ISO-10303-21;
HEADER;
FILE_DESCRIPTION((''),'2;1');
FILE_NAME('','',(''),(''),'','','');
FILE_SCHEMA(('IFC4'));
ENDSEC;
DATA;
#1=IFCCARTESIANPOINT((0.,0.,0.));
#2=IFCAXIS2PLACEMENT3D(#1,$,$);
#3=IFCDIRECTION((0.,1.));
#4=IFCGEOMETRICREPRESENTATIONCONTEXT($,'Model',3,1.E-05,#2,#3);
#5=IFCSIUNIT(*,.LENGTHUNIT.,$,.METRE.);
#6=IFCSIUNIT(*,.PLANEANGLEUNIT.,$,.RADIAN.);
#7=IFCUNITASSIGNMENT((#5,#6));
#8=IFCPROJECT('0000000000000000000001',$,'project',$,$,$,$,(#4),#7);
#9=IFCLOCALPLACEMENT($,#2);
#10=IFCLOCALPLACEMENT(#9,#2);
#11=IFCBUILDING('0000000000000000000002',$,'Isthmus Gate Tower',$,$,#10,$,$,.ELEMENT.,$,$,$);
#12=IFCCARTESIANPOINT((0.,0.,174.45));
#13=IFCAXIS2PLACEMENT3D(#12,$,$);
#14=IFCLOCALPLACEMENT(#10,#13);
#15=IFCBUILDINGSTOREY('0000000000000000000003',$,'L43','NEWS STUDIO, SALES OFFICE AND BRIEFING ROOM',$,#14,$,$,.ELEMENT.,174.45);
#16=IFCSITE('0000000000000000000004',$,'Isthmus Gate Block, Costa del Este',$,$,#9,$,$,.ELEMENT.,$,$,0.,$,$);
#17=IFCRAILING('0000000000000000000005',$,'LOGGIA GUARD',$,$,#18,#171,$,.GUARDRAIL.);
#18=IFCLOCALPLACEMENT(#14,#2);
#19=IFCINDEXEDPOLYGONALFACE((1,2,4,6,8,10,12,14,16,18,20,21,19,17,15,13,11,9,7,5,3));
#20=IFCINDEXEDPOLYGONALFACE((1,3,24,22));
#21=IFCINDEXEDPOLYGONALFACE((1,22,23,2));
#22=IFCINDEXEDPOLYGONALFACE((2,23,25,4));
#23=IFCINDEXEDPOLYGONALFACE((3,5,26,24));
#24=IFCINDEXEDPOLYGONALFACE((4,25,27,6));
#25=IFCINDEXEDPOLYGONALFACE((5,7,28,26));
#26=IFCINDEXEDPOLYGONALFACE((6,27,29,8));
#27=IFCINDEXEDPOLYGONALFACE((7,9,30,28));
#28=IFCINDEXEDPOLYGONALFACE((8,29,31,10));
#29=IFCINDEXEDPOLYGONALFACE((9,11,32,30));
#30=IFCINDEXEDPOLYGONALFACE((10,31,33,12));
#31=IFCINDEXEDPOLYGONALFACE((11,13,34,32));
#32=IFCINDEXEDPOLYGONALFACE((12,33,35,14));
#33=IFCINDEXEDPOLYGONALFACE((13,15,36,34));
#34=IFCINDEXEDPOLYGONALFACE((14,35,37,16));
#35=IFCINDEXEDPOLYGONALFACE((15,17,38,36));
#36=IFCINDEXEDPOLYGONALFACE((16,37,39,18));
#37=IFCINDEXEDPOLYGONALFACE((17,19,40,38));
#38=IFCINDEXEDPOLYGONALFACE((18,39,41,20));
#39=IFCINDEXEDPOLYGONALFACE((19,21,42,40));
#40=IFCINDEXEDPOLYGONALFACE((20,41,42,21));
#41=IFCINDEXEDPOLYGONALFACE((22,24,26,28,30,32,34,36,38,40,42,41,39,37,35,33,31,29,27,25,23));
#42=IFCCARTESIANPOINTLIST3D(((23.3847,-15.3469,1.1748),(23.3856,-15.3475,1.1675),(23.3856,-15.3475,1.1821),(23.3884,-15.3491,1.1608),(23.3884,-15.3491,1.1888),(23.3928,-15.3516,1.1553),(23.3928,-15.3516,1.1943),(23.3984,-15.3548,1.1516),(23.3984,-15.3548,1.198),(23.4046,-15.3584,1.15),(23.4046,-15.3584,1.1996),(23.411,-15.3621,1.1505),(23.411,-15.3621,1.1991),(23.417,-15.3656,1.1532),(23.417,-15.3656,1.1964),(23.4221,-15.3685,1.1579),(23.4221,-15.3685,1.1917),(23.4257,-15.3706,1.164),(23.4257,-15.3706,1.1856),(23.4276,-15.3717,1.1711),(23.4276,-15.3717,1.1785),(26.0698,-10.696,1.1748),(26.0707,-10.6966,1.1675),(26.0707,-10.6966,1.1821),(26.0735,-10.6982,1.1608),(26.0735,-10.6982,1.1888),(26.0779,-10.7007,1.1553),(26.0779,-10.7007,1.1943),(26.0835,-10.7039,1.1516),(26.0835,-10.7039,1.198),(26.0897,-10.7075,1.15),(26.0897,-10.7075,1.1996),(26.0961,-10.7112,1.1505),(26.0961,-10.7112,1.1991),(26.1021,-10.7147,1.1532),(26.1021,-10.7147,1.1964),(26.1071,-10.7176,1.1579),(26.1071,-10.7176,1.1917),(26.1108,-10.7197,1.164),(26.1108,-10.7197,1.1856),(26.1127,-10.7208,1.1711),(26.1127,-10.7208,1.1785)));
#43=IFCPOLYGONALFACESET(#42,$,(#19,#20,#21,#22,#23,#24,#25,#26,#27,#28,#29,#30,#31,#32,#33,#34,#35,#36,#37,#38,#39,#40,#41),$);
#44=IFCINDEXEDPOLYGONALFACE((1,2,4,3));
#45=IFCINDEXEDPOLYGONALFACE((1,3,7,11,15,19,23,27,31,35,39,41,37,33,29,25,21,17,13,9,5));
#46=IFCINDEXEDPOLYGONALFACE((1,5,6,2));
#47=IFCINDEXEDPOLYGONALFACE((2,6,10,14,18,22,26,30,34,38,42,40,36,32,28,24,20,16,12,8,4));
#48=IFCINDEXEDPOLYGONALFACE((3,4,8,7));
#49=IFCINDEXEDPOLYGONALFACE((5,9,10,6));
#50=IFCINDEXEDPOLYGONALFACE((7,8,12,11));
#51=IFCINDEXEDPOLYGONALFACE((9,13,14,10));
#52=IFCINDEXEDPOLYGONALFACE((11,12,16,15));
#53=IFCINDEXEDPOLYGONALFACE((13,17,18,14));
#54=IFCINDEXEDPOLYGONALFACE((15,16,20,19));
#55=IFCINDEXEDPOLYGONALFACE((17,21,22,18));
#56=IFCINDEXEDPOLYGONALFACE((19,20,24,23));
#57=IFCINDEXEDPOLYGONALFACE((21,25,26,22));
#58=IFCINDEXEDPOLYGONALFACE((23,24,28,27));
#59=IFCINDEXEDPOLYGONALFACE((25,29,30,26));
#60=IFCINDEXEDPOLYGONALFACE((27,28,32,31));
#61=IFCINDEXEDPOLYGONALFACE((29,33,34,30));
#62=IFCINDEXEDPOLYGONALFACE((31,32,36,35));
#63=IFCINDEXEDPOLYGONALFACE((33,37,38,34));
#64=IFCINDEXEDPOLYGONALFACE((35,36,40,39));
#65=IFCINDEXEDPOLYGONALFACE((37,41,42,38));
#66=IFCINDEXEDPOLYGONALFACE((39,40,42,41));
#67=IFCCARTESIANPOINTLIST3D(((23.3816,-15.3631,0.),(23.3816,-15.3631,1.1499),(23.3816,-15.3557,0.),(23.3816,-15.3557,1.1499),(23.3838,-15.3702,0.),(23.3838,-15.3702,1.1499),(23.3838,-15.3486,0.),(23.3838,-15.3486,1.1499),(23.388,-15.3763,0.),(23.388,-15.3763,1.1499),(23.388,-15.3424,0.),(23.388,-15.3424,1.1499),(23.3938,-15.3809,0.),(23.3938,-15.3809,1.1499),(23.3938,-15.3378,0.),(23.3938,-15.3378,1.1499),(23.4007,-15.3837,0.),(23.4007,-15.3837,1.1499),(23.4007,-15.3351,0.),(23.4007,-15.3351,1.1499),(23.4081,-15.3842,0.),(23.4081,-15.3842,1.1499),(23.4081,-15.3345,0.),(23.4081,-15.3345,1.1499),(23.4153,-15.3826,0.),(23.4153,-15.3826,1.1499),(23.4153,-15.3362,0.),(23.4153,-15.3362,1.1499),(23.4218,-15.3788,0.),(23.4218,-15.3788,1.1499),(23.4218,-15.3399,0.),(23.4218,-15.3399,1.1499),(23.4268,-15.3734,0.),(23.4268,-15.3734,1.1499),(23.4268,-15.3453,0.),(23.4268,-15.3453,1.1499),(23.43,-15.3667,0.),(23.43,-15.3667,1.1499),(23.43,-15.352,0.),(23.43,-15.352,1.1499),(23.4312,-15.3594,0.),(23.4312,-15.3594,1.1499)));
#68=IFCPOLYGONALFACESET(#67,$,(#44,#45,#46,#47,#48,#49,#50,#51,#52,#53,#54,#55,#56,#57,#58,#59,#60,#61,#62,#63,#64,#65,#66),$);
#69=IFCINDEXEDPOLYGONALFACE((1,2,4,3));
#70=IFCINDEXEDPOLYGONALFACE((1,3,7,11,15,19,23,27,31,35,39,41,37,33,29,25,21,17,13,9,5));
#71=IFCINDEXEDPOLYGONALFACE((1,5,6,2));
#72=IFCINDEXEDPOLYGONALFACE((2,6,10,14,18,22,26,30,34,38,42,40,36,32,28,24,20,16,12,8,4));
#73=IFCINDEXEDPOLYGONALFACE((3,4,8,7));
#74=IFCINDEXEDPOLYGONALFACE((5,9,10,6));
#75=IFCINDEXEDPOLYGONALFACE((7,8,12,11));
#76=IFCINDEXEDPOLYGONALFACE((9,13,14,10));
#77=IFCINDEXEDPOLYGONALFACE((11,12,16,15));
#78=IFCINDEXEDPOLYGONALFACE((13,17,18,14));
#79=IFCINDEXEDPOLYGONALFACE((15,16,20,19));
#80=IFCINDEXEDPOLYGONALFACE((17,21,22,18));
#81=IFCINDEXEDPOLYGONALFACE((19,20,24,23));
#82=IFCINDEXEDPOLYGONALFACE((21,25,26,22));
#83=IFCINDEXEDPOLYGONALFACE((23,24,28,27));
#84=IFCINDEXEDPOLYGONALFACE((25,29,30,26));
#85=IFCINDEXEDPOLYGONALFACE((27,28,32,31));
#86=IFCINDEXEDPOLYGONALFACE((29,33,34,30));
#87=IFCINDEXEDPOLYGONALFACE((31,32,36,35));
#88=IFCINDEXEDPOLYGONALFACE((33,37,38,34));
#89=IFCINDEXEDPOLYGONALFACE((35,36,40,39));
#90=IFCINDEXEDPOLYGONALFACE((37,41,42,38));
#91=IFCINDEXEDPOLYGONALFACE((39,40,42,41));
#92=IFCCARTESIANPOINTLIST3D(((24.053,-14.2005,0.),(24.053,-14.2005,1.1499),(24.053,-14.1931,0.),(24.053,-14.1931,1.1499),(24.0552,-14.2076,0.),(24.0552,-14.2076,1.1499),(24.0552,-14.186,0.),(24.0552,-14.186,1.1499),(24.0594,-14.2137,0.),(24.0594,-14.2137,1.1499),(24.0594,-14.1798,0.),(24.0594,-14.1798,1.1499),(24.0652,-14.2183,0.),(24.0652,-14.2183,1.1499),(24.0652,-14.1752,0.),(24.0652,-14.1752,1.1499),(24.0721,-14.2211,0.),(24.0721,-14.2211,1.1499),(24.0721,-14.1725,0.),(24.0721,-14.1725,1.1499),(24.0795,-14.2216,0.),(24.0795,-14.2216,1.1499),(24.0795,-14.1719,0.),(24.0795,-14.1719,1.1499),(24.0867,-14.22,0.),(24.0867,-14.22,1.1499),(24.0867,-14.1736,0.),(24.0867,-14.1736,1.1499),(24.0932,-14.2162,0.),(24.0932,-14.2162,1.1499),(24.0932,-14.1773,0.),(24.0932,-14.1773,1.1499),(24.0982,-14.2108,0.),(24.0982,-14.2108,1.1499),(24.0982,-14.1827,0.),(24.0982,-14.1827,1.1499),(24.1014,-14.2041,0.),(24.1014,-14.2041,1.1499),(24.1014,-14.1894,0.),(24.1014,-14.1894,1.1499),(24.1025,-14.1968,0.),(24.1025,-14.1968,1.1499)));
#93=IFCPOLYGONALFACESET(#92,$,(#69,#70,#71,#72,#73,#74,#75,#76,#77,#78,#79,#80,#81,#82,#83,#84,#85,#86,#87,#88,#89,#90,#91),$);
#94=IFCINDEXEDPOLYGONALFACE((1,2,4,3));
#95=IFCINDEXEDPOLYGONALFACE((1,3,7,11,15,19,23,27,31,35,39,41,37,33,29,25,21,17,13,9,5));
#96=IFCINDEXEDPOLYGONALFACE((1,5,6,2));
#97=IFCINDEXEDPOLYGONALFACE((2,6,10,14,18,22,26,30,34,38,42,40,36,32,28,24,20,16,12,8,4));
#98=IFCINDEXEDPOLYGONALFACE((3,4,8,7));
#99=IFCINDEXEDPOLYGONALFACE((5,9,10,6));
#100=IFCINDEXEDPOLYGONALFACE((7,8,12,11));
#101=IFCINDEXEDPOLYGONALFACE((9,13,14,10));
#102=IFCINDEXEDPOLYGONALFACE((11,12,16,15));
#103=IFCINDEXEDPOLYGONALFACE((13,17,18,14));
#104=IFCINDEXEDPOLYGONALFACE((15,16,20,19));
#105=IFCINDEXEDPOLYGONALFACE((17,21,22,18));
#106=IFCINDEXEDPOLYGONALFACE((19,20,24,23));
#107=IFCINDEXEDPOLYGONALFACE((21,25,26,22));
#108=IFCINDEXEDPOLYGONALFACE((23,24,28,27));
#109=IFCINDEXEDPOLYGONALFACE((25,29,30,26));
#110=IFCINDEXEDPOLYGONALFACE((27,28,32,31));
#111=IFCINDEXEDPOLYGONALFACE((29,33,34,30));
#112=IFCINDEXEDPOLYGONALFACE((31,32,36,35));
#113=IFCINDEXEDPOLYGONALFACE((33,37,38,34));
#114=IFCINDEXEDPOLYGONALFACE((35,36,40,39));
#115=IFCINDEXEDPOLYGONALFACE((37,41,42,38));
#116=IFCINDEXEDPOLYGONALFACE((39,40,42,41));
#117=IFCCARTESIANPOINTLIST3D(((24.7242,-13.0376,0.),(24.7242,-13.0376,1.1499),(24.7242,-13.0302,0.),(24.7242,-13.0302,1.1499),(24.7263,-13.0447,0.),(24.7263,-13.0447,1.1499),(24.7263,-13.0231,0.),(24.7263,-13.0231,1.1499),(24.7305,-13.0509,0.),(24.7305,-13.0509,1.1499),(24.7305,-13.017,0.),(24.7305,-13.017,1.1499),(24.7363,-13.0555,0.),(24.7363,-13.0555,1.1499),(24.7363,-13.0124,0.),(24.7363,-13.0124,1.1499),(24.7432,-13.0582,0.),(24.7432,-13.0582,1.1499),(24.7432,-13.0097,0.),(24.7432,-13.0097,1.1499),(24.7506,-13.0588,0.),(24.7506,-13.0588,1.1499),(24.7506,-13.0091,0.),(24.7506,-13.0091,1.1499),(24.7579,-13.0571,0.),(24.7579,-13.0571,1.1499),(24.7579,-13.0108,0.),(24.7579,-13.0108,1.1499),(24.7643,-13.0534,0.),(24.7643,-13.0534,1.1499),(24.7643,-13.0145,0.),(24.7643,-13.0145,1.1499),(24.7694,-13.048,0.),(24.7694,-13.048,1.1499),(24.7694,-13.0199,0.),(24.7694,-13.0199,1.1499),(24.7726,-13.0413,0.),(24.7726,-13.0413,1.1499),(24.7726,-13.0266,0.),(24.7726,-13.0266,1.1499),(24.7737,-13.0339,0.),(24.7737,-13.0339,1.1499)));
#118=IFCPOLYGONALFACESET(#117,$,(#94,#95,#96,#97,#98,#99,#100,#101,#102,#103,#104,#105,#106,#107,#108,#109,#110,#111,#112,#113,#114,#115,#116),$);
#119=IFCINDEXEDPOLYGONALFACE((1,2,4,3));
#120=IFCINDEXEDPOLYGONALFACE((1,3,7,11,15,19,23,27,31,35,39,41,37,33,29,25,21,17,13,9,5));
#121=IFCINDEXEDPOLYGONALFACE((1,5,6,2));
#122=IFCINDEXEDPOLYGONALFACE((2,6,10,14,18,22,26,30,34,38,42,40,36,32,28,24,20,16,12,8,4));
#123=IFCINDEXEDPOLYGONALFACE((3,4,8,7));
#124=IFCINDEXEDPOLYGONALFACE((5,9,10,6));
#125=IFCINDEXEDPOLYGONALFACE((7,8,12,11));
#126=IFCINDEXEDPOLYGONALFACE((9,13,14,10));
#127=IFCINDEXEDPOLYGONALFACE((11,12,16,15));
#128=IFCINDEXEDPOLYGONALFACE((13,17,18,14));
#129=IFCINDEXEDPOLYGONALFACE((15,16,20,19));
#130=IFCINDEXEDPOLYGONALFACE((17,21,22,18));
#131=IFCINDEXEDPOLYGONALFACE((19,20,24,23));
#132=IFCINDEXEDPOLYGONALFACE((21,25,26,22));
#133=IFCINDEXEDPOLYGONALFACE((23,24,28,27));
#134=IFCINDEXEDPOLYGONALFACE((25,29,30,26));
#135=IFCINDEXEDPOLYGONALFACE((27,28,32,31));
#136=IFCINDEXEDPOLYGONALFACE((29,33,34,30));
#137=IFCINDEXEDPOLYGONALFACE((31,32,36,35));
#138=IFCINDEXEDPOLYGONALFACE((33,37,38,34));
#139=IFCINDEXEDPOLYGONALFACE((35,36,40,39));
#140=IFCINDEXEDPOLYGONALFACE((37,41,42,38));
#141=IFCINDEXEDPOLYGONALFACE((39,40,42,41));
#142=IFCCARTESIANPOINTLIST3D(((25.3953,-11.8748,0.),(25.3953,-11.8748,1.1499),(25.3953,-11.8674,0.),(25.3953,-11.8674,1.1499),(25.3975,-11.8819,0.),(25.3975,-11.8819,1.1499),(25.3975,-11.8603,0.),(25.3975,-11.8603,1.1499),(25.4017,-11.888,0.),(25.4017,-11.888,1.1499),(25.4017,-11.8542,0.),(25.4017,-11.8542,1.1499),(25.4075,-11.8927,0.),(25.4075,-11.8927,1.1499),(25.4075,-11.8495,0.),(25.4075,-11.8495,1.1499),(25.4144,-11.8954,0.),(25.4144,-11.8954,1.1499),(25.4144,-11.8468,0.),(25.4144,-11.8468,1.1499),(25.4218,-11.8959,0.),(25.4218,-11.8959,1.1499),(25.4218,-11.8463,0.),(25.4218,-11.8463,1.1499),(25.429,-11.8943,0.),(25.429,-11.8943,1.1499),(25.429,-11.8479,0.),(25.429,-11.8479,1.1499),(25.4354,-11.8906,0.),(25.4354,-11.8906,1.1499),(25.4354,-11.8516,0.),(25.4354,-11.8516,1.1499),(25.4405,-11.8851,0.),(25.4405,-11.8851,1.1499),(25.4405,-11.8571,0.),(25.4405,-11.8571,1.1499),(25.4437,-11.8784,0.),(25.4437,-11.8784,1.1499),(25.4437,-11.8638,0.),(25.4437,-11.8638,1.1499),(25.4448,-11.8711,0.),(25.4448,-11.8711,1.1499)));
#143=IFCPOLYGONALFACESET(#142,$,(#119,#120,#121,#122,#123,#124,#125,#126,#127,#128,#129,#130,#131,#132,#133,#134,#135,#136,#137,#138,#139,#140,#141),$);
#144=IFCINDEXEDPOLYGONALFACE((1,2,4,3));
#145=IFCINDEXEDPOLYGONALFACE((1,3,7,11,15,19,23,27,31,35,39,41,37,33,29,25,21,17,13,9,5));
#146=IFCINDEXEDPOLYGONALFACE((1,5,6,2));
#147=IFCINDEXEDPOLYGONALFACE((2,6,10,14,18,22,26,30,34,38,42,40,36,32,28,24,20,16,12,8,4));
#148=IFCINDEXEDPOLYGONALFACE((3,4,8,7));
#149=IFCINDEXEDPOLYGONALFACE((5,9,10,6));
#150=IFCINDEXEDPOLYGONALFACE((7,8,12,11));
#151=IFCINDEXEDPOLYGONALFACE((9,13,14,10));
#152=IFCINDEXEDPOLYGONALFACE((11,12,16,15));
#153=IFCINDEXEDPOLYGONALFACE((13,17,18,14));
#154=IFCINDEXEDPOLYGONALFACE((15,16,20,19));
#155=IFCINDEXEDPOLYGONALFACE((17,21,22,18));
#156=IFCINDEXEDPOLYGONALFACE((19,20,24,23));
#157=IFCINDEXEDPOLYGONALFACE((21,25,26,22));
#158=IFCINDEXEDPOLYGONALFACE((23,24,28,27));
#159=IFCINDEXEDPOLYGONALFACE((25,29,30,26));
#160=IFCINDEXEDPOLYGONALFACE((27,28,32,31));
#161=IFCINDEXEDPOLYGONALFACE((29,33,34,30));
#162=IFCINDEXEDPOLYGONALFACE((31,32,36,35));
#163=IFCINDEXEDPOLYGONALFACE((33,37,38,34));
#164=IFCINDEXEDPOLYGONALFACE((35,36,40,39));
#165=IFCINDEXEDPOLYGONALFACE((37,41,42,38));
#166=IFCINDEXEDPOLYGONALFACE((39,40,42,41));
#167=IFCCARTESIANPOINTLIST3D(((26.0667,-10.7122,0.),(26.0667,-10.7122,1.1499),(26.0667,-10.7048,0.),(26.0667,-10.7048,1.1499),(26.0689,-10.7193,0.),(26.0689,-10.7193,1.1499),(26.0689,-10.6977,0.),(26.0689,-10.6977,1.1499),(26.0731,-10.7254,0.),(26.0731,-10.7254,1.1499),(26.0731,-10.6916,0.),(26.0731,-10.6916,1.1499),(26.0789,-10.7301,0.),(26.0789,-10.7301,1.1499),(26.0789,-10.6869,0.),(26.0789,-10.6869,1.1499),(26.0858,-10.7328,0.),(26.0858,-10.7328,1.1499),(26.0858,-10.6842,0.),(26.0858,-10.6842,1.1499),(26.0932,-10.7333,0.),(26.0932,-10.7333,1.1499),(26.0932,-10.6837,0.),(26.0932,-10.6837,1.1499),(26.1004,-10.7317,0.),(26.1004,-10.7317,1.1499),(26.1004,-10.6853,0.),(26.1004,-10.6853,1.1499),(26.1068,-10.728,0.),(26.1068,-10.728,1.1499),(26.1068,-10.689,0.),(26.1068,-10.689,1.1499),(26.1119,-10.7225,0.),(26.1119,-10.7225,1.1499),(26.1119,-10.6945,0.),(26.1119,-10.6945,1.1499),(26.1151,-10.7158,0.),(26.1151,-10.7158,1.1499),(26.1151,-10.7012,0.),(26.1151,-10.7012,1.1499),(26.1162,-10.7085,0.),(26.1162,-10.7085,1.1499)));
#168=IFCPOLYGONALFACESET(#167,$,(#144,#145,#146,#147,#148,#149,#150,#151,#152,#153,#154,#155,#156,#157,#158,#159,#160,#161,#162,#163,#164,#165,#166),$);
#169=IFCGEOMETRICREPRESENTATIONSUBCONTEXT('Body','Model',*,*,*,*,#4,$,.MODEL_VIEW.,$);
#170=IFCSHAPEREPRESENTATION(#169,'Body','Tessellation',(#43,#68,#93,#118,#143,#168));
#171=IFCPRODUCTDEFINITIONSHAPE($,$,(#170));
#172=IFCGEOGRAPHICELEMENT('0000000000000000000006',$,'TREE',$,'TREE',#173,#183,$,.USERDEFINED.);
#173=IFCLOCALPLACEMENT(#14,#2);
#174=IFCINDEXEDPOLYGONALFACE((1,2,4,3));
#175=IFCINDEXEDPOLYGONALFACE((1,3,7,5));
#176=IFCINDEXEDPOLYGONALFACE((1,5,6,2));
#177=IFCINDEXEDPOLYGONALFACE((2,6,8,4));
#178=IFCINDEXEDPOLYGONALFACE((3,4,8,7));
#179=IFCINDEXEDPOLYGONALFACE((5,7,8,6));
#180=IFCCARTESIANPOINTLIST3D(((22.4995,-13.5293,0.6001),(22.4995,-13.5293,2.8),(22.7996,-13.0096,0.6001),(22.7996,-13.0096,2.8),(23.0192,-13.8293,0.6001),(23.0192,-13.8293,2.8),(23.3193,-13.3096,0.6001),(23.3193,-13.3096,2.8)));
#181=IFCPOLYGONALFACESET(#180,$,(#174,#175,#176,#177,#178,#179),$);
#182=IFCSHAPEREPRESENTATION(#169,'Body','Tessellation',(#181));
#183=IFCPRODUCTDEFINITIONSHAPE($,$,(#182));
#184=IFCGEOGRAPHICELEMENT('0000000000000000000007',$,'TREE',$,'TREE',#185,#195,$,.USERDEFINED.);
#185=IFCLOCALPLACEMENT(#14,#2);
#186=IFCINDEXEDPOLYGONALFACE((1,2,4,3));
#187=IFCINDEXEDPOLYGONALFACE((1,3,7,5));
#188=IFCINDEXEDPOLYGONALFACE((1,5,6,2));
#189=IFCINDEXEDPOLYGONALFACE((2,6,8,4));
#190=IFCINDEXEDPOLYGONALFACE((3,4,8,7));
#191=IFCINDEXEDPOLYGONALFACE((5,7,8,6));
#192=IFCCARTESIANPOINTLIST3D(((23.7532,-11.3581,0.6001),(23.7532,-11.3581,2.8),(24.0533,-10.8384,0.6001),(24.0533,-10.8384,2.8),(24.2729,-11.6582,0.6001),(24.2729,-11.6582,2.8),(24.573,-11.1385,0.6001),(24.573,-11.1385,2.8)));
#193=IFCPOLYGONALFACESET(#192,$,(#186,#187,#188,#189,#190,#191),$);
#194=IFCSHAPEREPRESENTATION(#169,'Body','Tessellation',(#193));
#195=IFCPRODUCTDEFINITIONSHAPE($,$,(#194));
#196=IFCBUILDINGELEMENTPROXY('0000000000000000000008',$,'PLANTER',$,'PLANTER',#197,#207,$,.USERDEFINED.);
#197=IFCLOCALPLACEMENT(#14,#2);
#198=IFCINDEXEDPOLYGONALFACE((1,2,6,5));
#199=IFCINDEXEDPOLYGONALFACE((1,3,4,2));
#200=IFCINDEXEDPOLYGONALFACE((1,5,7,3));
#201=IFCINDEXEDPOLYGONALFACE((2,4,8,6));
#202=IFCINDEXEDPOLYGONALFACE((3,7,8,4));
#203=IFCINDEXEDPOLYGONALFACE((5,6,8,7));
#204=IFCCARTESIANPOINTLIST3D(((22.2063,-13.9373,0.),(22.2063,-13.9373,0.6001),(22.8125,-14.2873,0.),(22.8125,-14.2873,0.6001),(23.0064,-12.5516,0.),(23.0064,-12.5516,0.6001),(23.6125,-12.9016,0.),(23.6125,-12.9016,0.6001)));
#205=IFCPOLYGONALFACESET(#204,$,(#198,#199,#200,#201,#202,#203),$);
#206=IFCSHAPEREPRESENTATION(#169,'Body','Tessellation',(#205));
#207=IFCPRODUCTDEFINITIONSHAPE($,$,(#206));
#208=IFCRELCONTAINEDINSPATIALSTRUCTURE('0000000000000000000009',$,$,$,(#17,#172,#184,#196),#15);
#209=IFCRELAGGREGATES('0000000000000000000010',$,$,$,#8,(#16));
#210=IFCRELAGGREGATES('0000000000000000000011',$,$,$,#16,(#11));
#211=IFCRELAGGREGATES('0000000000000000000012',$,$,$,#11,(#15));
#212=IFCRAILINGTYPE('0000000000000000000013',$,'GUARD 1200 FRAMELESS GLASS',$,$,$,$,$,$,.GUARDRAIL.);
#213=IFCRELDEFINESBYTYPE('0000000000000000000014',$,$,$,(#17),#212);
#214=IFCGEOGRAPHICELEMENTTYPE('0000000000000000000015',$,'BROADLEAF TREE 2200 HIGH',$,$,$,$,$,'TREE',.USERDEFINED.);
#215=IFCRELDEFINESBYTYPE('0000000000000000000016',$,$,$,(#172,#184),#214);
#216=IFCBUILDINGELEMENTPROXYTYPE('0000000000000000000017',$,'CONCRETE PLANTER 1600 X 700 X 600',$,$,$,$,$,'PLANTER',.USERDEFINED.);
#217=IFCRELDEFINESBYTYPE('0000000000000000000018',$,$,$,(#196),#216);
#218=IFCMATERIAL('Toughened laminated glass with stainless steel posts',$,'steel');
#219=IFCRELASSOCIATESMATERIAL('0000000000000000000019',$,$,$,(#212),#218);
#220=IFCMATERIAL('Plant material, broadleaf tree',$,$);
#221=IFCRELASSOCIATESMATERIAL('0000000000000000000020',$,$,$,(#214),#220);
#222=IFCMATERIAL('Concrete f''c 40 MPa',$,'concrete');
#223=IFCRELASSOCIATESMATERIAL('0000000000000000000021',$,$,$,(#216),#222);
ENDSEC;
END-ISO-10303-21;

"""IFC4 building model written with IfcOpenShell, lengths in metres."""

from ifc_helpers import new_model, si_unit, direction, frame, origin, origin_2d, place, context, subcontext, project, spatial, rectangle, circle, extrude, material, type_object, element, save


model = new_model("IFC4")

# Units and contexts
model_context = context("Model", 3, precision=1e-05, world=origin(), true_north=direction((0.0, 1.0)))
body_context = subcontext(model_context, "Body", "Model", "MODEL_VIEW")
ifc_project = project(units=[si_unit("LENGTHUNIT", "METRE"), si_unit("PLANEANGLEUNIT", "RADIAN")], contexts=[model_context])

# Site, building, storey
site_placement = place(None, origin())
site = spatial("IfcSite", under=ifc_project, at=site_placement, Name="Isthmus Gate Block, Costa del Este", CompositionType="ELEMENT", RefElevation=0.0)
building_placement = place(site_placement, origin())
building = spatial("IfcBuilding", under=site, at=building_placement, Name="Isthmus Gate Tower", CompositionType="ELEMENT")
storey_placement = place(building_placement, frame((0.0, 0.0, 174.45)))
storey = spatial("IfcBuildingStorey", under=building, at=storey_placement, Name="L43", Description="NEWS STUDIO, SALES OFFICE AND BRIEFING ROOM", CompositionType="ELEMENT", Elevation=174.45)

# Railing
ifc_material_1 = material(Name="Toughened laminated glass with stainless steel posts", Category="steel")
railing_type = type_object("IfcRailingType", Name="GUARD 1200 FRAMELESS GLASS", PredefinedType="GUARDRAIL", material=ifc_material_1)
railing_placement = place(storey_placement, frame((23.4062, -15.3594, 0.0)))
element("IfcRailing", 1, at=railing_placement, inside=storey, type_object=railing_type, Name="LOGGIA GUARD", PredefinedType="GUARDRAIL", context=body_context, shape_type="SweptSolid", body=[
    extrude(circle(Radius=0.0249, at=origin_2d()), frame((0.0, 0.0, 1.1748), z_axis=(0.499982, 0.866036, 0.0), x_axis=(-0.866036, 0.499982, 0.0)), (0.0, 0.0, 1.0), 5.3704),
    extrude(circle(Radius=0.0249, at=origin_2d()), origin(), (0.0, 0.0, 1.0), 1.1499),
    extrude(circle(Radius=0.0249, at=origin_2d()), frame((0.6714, 1.1626, 0.0)), (0.0, 0.0, 1.0), 1.1499),
    extrude(circle(Radius=0.0249, at=origin_2d()), frame((1.3425, 2.3254, 0.0)), (0.0, 0.0, 1.0), 1.1499),
    extrude(circle(Radius=0.0249, at=origin_2d()), frame((2.0137, 3.4883, 0.0)), (0.0, 0.0, 1.0), 1.1499),
    extrude(circle(Radius=0.0249, at=origin_2d()), frame((2.6851, 4.6509, 0.0)), (0.0, 0.0, 1.0), 1.1499),
])

# Geographic elements
ifc_material_2 = material(Name="Plant material, broadleaf tree")
geographic_element_type = type_object("IfcGeographicElementType", Name="BROADLEAF TREE 2200 HIGH", ElementType="TREE", PredefinedType="USERDEFINED", material=ifc_material_2)
for number, where, z_axis, x_axis, name in (
    (2, (22.9094, -13.4194, 0.6001), (0.0, 0.0, 1.0), (0.5, 0.866025, 0.0), "TREE"),
    (3, (24.1631, -11.2483, 0.6001), (0.0, 0.0, 1.0), (0.5, 0.866025, 0.0), "TREE"),
):
    element("IfcGeographicElement", number, at=place(storey_placement, frame(where, z_axis=z_axis, x_axis=x_axis)), inside=storey, type_object=geographic_element_type, Name=name, ObjectType="TREE", PredefinedType="USERDEFINED", context=body_context, shape_type="SweptSolid", body=[
        extrude(rectangle(XDim=0.6001, YDim=0.6001, at=origin_2d()), origin(), (0.0, 0.0, 1.0), 2.2),
    ])

# Building element proxy
ifc_material_3 = material(Name="Concrete f'c 40 MPa", Category="concrete")
building_element_proxy_type = type_object("IfcBuildingElementProxyType", Name="CONCRETE PLANTER 1600 X 700 X 600", ElementType="PLANTER", PredefinedType="USERDEFINED", material=ifc_material_3)
for number, where, z_axis, x_axis, name in (
    (4, (22.9094, -13.4194, 0.0), (0.0, 0.0, 1.0), (0.5, 0.866025, 0.0), "PLANTER"),
):
    element("IfcBuildingElementProxy", number, at=place(storey_placement, frame(where, z_axis=z_axis, x_axis=x_axis)), inside=storey, type_object=building_element_proxy_type, Name=name, ObjectType="PLANTER", PredefinedType="USERDEFINED", context=body_context, shape_type="SweptSolid", body=[
        extrude(rectangle(XDim=1.6001, YDim=0.7, at=origin_2d()), origin(), (0.0, 0.0, 1.0), 0.6001),
    ])

save(model, "model.ifc")
